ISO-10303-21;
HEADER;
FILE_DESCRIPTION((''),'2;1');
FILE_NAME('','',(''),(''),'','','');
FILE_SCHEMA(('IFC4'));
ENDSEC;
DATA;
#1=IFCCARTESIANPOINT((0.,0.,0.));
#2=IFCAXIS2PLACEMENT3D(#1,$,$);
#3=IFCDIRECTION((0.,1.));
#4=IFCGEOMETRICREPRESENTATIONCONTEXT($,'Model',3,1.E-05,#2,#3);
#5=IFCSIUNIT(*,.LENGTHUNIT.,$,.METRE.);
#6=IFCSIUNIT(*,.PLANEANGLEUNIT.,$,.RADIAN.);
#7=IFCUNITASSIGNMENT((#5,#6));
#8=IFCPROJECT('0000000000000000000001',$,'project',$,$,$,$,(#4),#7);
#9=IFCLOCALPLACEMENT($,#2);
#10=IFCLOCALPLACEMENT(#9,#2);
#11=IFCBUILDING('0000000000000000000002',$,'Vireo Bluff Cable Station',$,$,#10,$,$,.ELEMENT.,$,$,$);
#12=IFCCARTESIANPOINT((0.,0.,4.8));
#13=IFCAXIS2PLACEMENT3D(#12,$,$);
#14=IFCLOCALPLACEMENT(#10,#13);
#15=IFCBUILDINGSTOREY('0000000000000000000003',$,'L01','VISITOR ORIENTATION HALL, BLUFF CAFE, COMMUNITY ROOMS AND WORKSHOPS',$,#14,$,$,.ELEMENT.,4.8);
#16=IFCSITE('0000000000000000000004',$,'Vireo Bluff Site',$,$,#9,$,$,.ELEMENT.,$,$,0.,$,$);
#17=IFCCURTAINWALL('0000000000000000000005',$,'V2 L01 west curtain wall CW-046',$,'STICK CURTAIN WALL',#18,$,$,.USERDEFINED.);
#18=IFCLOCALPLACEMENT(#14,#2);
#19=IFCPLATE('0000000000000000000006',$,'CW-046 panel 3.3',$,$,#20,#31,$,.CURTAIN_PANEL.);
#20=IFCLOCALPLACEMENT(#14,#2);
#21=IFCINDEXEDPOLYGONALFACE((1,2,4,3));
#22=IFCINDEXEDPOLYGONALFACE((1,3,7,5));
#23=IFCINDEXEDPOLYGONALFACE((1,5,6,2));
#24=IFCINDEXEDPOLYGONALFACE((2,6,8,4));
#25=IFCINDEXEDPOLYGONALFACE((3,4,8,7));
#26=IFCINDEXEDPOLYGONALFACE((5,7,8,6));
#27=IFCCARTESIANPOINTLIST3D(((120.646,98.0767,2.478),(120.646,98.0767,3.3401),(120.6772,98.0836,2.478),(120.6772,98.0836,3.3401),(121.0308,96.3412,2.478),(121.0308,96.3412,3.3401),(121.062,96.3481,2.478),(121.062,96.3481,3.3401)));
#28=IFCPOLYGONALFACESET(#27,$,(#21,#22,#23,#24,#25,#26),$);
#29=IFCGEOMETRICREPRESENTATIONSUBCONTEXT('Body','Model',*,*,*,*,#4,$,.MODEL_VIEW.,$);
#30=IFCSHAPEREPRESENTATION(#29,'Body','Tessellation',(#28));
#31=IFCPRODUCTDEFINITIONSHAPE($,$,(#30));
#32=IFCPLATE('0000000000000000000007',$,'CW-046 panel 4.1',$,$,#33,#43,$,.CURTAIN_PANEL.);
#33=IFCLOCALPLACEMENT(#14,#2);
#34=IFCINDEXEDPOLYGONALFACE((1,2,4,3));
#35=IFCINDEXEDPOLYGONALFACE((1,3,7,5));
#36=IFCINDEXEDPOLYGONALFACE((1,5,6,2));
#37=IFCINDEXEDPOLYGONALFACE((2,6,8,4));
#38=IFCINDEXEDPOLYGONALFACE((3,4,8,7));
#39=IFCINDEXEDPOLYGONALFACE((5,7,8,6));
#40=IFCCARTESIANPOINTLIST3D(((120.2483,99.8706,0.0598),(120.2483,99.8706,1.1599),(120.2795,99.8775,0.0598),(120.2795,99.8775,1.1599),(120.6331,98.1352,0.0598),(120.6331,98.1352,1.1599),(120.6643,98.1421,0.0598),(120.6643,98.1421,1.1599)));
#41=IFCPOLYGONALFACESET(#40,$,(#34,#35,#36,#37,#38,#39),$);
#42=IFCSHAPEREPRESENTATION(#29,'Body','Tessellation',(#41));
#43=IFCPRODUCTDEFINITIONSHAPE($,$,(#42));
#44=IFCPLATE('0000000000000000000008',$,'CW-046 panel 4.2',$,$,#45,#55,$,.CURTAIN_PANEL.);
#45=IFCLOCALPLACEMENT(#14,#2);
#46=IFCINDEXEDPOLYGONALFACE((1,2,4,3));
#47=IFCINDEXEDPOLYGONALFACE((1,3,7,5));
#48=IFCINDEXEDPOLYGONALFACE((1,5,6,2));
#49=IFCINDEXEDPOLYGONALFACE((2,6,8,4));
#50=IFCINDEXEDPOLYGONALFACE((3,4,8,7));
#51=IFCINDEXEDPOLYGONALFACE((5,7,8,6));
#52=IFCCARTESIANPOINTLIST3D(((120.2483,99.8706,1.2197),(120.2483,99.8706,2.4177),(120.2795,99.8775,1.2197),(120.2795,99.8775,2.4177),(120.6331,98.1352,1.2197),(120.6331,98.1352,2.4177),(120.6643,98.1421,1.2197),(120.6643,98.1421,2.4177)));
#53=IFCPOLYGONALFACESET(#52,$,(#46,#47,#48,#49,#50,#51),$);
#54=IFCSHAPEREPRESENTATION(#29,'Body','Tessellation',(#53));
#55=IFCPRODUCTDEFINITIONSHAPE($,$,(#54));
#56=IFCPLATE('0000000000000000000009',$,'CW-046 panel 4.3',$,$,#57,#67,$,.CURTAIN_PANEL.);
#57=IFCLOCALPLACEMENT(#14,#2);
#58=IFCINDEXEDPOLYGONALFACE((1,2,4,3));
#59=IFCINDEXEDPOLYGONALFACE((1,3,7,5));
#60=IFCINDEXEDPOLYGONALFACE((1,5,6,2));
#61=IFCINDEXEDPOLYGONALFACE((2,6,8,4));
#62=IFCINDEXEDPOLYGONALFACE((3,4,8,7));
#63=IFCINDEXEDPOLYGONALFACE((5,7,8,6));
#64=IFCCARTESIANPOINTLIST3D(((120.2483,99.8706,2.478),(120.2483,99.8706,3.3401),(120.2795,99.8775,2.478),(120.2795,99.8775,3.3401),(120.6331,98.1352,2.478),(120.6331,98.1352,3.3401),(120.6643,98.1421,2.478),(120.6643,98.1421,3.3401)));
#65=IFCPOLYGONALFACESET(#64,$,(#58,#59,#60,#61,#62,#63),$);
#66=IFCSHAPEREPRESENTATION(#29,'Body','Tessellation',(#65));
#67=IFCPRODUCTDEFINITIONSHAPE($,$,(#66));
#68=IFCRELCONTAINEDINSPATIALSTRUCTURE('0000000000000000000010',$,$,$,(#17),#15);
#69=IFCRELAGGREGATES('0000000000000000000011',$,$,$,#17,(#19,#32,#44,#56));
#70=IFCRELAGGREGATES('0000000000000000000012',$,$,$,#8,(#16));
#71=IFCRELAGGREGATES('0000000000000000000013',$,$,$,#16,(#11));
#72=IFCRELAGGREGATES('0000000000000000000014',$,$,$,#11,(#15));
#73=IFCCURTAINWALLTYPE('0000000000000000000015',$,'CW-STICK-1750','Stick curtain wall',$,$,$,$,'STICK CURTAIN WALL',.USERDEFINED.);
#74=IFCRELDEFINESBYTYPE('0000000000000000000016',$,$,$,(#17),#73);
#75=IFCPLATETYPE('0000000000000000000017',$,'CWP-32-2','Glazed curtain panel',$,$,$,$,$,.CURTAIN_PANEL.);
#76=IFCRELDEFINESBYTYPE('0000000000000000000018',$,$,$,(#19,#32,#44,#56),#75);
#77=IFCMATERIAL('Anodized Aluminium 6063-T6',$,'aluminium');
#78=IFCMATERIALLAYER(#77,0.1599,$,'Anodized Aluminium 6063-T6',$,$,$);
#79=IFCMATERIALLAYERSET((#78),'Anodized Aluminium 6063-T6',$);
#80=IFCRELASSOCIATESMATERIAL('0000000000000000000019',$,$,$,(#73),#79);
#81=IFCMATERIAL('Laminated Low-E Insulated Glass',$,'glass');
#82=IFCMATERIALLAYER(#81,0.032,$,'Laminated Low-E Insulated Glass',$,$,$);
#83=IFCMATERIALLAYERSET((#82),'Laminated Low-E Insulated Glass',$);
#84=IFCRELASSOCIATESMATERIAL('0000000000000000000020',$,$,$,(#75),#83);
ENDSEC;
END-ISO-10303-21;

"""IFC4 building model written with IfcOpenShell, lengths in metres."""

from ifc_helpers import new_model, si_unit, direction, frame, origin, origin_2d, place, context, subcontext, project, spatial, rectangle, extrude, material, layer, layer_set, type_object, element, aggregate, save


model = new_model("IFC4")

# Units and contexts
model_context = context("Model", 3, precision=1e-05, world=origin(), true_north=direction((0.0, 1.0)))
body_context = subcontext(model_context, "Body", "Model", "MODEL_VIEW")
ifc_project = project(units=[si_unit("LENGTHUNIT", "METRE"), si_unit("PLANEANGLEUNIT", "RADIAN")], contexts=[model_context])

# Site, building, storey
site_placement = place(None, origin())
site = spatial("IfcSite", under=ifc_project, at=site_placement, Name="Vireo Bluff Site", CompositionType="ELEMENT", RefElevation=0.0)
building_placement = place(site_placement, origin())
building = spatial("IfcBuilding", under=site, at=building_placement, Name="Vireo Bluff Cable Station", CompositionType="ELEMENT")
storey_placement = place(building_placement, frame((0.0, 0.0, 4.8)))
storey = spatial("IfcBuildingStorey", under=building, at=storey_placement, Name="L01", Description="VISITOR ORIENTATION HALL, BLUFF CAFE, COMMUNITY ROOMS AND WORKSHOPS", CompositionType="ELEMENT", Elevation=4.8)

# Curtain wall
ifc_material_1 = material(Name="Anodized Aluminium 6063-T6", Category="aluminium")
ifc_layer_1 = layer(ifc_material_1, 0.1599, Name="Anodized Aluminium 6063-T6")
ifc_layer_set_1 = layer_set([ifc_layer_1], Name="Anodized Aluminium 6063-T6")
curtain_wall_type = type_object("IfcCurtainWallType", Name="CW-STICK-1750", Description="Stick curtain wall", ElementType="STICK CURTAIN WALL", PredefinedType="USERDEFINED", material=ifc_layer_set_1)
curtain_wall_placement = place(storey_placement, origin())
curtain_wall = element("IfcCurtainWall", 1, at=curtain_wall_placement, inside=storey, type_object=curtain_wall_type, Name="V2 L01 west curtain wall CW-046", ObjectType="STICK CURTAIN WALL", PredefinedType="USERDEFINED")

# Plates
ifc_material_2 = material(Name="Laminated Low-E Insulated Glass", Category="glass")
ifc_layer_2 = layer(ifc_material_2, 0.032, Name="Laminated Low-E Insulated Glass")
ifc_layer_set_2 = layer_set([ifc_layer_2], Name="Laminated Low-E Insulated Glass")
plate_type = type_object("IfcPlateType", Name="CWP-32-2", Description="Glazed curtain panel", PredefinedType="CURTAIN_PANEL", material=ifc_layer_set_2)
plate_1_placement = place(storey_placement, frame((120.854, 97.2124, 2.478), z_axis=(0.0, 0.0, 1.0), x_axis=(-0.21644, 0.976296, 0.0)))
plate_1 = element("IfcPlate", 2, at=plate_1_placement, type_object=plate_type, Name="CW-046 panel 3.3", PredefinedType="CURTAIN_PANEL", context=body_context, shape_type="SweptSolid", body=[
    extrude(rectangle(XDim=1.7776, YDim=0.032, at=origin_2d()), origin(), (0.0, 0.0, 1.0), 0.8621),
])
plate_2_placement = place(storey_placement, frame((120.4563, 99.0063, 0.0598), z_axis=(0.0, 0.0, 1.0), x_axis=(-0.21644, 0.976296, 0.0)))
plate_2 = element("IfcPlate", 3, at=plate_2_placement, type_object=plate_type, Name="CW-046 panel 4.1", PredefinedType="CURTAIN_PANEL", context=body_context, shape_type="SweptSolid", body=[
    extrude(rectangle(XDim=1.7776, YDim=0.032, at=origin_2d()), origin(), (0.0, 0.0, 1.0), 1.1001),
])
plate_3_placement = place(storey_placement, frame((120.4563, 99.0063, 1.2197), z_axis=(0.0, 0.0, 1.0), x_axis=(-0.21644, 0.976296, 0.0)))
plate_3 = element("IfcPlate", 4, at=plate_3_placement, type_object=plate_type, Name="CW-046 panel 4.2", PredefinedType="CURTAIN_PANEL", context=body_context, shape_type="SweptSolid", body=[
    extrude(rectangle(XDim=1.7776, YDim=0.032, at=origin_2d()), origin(), (0.0, 0.0, 1.0), 1.198),
])
plate_4_placement = place(storey_placement, frame((120.4563, 99.0063, 2.478), z_axis=(0.0, 0.0, 1.0), x_axis=(-0.21644, 0.976296, 0.0)))
plate_4 = element("IfcPlate", 5, at=plate_4_placement, type_object=plate_type, Name="CW-046 panel 4.3", PredefinedType="CURTAIN_PANEL", context=body_context, shape_type="SweptSolid", body=[
    extrude(rectangle(XDim=1.7776, YDim=0.032, at=origin_2d()), origin(), (0.0, 0.0, 1.0), 0.8621),
])
aggregate(curtain_wall, [plate_1, plate_2, plate_3, plate_4])

save(model, "model.ifc")
